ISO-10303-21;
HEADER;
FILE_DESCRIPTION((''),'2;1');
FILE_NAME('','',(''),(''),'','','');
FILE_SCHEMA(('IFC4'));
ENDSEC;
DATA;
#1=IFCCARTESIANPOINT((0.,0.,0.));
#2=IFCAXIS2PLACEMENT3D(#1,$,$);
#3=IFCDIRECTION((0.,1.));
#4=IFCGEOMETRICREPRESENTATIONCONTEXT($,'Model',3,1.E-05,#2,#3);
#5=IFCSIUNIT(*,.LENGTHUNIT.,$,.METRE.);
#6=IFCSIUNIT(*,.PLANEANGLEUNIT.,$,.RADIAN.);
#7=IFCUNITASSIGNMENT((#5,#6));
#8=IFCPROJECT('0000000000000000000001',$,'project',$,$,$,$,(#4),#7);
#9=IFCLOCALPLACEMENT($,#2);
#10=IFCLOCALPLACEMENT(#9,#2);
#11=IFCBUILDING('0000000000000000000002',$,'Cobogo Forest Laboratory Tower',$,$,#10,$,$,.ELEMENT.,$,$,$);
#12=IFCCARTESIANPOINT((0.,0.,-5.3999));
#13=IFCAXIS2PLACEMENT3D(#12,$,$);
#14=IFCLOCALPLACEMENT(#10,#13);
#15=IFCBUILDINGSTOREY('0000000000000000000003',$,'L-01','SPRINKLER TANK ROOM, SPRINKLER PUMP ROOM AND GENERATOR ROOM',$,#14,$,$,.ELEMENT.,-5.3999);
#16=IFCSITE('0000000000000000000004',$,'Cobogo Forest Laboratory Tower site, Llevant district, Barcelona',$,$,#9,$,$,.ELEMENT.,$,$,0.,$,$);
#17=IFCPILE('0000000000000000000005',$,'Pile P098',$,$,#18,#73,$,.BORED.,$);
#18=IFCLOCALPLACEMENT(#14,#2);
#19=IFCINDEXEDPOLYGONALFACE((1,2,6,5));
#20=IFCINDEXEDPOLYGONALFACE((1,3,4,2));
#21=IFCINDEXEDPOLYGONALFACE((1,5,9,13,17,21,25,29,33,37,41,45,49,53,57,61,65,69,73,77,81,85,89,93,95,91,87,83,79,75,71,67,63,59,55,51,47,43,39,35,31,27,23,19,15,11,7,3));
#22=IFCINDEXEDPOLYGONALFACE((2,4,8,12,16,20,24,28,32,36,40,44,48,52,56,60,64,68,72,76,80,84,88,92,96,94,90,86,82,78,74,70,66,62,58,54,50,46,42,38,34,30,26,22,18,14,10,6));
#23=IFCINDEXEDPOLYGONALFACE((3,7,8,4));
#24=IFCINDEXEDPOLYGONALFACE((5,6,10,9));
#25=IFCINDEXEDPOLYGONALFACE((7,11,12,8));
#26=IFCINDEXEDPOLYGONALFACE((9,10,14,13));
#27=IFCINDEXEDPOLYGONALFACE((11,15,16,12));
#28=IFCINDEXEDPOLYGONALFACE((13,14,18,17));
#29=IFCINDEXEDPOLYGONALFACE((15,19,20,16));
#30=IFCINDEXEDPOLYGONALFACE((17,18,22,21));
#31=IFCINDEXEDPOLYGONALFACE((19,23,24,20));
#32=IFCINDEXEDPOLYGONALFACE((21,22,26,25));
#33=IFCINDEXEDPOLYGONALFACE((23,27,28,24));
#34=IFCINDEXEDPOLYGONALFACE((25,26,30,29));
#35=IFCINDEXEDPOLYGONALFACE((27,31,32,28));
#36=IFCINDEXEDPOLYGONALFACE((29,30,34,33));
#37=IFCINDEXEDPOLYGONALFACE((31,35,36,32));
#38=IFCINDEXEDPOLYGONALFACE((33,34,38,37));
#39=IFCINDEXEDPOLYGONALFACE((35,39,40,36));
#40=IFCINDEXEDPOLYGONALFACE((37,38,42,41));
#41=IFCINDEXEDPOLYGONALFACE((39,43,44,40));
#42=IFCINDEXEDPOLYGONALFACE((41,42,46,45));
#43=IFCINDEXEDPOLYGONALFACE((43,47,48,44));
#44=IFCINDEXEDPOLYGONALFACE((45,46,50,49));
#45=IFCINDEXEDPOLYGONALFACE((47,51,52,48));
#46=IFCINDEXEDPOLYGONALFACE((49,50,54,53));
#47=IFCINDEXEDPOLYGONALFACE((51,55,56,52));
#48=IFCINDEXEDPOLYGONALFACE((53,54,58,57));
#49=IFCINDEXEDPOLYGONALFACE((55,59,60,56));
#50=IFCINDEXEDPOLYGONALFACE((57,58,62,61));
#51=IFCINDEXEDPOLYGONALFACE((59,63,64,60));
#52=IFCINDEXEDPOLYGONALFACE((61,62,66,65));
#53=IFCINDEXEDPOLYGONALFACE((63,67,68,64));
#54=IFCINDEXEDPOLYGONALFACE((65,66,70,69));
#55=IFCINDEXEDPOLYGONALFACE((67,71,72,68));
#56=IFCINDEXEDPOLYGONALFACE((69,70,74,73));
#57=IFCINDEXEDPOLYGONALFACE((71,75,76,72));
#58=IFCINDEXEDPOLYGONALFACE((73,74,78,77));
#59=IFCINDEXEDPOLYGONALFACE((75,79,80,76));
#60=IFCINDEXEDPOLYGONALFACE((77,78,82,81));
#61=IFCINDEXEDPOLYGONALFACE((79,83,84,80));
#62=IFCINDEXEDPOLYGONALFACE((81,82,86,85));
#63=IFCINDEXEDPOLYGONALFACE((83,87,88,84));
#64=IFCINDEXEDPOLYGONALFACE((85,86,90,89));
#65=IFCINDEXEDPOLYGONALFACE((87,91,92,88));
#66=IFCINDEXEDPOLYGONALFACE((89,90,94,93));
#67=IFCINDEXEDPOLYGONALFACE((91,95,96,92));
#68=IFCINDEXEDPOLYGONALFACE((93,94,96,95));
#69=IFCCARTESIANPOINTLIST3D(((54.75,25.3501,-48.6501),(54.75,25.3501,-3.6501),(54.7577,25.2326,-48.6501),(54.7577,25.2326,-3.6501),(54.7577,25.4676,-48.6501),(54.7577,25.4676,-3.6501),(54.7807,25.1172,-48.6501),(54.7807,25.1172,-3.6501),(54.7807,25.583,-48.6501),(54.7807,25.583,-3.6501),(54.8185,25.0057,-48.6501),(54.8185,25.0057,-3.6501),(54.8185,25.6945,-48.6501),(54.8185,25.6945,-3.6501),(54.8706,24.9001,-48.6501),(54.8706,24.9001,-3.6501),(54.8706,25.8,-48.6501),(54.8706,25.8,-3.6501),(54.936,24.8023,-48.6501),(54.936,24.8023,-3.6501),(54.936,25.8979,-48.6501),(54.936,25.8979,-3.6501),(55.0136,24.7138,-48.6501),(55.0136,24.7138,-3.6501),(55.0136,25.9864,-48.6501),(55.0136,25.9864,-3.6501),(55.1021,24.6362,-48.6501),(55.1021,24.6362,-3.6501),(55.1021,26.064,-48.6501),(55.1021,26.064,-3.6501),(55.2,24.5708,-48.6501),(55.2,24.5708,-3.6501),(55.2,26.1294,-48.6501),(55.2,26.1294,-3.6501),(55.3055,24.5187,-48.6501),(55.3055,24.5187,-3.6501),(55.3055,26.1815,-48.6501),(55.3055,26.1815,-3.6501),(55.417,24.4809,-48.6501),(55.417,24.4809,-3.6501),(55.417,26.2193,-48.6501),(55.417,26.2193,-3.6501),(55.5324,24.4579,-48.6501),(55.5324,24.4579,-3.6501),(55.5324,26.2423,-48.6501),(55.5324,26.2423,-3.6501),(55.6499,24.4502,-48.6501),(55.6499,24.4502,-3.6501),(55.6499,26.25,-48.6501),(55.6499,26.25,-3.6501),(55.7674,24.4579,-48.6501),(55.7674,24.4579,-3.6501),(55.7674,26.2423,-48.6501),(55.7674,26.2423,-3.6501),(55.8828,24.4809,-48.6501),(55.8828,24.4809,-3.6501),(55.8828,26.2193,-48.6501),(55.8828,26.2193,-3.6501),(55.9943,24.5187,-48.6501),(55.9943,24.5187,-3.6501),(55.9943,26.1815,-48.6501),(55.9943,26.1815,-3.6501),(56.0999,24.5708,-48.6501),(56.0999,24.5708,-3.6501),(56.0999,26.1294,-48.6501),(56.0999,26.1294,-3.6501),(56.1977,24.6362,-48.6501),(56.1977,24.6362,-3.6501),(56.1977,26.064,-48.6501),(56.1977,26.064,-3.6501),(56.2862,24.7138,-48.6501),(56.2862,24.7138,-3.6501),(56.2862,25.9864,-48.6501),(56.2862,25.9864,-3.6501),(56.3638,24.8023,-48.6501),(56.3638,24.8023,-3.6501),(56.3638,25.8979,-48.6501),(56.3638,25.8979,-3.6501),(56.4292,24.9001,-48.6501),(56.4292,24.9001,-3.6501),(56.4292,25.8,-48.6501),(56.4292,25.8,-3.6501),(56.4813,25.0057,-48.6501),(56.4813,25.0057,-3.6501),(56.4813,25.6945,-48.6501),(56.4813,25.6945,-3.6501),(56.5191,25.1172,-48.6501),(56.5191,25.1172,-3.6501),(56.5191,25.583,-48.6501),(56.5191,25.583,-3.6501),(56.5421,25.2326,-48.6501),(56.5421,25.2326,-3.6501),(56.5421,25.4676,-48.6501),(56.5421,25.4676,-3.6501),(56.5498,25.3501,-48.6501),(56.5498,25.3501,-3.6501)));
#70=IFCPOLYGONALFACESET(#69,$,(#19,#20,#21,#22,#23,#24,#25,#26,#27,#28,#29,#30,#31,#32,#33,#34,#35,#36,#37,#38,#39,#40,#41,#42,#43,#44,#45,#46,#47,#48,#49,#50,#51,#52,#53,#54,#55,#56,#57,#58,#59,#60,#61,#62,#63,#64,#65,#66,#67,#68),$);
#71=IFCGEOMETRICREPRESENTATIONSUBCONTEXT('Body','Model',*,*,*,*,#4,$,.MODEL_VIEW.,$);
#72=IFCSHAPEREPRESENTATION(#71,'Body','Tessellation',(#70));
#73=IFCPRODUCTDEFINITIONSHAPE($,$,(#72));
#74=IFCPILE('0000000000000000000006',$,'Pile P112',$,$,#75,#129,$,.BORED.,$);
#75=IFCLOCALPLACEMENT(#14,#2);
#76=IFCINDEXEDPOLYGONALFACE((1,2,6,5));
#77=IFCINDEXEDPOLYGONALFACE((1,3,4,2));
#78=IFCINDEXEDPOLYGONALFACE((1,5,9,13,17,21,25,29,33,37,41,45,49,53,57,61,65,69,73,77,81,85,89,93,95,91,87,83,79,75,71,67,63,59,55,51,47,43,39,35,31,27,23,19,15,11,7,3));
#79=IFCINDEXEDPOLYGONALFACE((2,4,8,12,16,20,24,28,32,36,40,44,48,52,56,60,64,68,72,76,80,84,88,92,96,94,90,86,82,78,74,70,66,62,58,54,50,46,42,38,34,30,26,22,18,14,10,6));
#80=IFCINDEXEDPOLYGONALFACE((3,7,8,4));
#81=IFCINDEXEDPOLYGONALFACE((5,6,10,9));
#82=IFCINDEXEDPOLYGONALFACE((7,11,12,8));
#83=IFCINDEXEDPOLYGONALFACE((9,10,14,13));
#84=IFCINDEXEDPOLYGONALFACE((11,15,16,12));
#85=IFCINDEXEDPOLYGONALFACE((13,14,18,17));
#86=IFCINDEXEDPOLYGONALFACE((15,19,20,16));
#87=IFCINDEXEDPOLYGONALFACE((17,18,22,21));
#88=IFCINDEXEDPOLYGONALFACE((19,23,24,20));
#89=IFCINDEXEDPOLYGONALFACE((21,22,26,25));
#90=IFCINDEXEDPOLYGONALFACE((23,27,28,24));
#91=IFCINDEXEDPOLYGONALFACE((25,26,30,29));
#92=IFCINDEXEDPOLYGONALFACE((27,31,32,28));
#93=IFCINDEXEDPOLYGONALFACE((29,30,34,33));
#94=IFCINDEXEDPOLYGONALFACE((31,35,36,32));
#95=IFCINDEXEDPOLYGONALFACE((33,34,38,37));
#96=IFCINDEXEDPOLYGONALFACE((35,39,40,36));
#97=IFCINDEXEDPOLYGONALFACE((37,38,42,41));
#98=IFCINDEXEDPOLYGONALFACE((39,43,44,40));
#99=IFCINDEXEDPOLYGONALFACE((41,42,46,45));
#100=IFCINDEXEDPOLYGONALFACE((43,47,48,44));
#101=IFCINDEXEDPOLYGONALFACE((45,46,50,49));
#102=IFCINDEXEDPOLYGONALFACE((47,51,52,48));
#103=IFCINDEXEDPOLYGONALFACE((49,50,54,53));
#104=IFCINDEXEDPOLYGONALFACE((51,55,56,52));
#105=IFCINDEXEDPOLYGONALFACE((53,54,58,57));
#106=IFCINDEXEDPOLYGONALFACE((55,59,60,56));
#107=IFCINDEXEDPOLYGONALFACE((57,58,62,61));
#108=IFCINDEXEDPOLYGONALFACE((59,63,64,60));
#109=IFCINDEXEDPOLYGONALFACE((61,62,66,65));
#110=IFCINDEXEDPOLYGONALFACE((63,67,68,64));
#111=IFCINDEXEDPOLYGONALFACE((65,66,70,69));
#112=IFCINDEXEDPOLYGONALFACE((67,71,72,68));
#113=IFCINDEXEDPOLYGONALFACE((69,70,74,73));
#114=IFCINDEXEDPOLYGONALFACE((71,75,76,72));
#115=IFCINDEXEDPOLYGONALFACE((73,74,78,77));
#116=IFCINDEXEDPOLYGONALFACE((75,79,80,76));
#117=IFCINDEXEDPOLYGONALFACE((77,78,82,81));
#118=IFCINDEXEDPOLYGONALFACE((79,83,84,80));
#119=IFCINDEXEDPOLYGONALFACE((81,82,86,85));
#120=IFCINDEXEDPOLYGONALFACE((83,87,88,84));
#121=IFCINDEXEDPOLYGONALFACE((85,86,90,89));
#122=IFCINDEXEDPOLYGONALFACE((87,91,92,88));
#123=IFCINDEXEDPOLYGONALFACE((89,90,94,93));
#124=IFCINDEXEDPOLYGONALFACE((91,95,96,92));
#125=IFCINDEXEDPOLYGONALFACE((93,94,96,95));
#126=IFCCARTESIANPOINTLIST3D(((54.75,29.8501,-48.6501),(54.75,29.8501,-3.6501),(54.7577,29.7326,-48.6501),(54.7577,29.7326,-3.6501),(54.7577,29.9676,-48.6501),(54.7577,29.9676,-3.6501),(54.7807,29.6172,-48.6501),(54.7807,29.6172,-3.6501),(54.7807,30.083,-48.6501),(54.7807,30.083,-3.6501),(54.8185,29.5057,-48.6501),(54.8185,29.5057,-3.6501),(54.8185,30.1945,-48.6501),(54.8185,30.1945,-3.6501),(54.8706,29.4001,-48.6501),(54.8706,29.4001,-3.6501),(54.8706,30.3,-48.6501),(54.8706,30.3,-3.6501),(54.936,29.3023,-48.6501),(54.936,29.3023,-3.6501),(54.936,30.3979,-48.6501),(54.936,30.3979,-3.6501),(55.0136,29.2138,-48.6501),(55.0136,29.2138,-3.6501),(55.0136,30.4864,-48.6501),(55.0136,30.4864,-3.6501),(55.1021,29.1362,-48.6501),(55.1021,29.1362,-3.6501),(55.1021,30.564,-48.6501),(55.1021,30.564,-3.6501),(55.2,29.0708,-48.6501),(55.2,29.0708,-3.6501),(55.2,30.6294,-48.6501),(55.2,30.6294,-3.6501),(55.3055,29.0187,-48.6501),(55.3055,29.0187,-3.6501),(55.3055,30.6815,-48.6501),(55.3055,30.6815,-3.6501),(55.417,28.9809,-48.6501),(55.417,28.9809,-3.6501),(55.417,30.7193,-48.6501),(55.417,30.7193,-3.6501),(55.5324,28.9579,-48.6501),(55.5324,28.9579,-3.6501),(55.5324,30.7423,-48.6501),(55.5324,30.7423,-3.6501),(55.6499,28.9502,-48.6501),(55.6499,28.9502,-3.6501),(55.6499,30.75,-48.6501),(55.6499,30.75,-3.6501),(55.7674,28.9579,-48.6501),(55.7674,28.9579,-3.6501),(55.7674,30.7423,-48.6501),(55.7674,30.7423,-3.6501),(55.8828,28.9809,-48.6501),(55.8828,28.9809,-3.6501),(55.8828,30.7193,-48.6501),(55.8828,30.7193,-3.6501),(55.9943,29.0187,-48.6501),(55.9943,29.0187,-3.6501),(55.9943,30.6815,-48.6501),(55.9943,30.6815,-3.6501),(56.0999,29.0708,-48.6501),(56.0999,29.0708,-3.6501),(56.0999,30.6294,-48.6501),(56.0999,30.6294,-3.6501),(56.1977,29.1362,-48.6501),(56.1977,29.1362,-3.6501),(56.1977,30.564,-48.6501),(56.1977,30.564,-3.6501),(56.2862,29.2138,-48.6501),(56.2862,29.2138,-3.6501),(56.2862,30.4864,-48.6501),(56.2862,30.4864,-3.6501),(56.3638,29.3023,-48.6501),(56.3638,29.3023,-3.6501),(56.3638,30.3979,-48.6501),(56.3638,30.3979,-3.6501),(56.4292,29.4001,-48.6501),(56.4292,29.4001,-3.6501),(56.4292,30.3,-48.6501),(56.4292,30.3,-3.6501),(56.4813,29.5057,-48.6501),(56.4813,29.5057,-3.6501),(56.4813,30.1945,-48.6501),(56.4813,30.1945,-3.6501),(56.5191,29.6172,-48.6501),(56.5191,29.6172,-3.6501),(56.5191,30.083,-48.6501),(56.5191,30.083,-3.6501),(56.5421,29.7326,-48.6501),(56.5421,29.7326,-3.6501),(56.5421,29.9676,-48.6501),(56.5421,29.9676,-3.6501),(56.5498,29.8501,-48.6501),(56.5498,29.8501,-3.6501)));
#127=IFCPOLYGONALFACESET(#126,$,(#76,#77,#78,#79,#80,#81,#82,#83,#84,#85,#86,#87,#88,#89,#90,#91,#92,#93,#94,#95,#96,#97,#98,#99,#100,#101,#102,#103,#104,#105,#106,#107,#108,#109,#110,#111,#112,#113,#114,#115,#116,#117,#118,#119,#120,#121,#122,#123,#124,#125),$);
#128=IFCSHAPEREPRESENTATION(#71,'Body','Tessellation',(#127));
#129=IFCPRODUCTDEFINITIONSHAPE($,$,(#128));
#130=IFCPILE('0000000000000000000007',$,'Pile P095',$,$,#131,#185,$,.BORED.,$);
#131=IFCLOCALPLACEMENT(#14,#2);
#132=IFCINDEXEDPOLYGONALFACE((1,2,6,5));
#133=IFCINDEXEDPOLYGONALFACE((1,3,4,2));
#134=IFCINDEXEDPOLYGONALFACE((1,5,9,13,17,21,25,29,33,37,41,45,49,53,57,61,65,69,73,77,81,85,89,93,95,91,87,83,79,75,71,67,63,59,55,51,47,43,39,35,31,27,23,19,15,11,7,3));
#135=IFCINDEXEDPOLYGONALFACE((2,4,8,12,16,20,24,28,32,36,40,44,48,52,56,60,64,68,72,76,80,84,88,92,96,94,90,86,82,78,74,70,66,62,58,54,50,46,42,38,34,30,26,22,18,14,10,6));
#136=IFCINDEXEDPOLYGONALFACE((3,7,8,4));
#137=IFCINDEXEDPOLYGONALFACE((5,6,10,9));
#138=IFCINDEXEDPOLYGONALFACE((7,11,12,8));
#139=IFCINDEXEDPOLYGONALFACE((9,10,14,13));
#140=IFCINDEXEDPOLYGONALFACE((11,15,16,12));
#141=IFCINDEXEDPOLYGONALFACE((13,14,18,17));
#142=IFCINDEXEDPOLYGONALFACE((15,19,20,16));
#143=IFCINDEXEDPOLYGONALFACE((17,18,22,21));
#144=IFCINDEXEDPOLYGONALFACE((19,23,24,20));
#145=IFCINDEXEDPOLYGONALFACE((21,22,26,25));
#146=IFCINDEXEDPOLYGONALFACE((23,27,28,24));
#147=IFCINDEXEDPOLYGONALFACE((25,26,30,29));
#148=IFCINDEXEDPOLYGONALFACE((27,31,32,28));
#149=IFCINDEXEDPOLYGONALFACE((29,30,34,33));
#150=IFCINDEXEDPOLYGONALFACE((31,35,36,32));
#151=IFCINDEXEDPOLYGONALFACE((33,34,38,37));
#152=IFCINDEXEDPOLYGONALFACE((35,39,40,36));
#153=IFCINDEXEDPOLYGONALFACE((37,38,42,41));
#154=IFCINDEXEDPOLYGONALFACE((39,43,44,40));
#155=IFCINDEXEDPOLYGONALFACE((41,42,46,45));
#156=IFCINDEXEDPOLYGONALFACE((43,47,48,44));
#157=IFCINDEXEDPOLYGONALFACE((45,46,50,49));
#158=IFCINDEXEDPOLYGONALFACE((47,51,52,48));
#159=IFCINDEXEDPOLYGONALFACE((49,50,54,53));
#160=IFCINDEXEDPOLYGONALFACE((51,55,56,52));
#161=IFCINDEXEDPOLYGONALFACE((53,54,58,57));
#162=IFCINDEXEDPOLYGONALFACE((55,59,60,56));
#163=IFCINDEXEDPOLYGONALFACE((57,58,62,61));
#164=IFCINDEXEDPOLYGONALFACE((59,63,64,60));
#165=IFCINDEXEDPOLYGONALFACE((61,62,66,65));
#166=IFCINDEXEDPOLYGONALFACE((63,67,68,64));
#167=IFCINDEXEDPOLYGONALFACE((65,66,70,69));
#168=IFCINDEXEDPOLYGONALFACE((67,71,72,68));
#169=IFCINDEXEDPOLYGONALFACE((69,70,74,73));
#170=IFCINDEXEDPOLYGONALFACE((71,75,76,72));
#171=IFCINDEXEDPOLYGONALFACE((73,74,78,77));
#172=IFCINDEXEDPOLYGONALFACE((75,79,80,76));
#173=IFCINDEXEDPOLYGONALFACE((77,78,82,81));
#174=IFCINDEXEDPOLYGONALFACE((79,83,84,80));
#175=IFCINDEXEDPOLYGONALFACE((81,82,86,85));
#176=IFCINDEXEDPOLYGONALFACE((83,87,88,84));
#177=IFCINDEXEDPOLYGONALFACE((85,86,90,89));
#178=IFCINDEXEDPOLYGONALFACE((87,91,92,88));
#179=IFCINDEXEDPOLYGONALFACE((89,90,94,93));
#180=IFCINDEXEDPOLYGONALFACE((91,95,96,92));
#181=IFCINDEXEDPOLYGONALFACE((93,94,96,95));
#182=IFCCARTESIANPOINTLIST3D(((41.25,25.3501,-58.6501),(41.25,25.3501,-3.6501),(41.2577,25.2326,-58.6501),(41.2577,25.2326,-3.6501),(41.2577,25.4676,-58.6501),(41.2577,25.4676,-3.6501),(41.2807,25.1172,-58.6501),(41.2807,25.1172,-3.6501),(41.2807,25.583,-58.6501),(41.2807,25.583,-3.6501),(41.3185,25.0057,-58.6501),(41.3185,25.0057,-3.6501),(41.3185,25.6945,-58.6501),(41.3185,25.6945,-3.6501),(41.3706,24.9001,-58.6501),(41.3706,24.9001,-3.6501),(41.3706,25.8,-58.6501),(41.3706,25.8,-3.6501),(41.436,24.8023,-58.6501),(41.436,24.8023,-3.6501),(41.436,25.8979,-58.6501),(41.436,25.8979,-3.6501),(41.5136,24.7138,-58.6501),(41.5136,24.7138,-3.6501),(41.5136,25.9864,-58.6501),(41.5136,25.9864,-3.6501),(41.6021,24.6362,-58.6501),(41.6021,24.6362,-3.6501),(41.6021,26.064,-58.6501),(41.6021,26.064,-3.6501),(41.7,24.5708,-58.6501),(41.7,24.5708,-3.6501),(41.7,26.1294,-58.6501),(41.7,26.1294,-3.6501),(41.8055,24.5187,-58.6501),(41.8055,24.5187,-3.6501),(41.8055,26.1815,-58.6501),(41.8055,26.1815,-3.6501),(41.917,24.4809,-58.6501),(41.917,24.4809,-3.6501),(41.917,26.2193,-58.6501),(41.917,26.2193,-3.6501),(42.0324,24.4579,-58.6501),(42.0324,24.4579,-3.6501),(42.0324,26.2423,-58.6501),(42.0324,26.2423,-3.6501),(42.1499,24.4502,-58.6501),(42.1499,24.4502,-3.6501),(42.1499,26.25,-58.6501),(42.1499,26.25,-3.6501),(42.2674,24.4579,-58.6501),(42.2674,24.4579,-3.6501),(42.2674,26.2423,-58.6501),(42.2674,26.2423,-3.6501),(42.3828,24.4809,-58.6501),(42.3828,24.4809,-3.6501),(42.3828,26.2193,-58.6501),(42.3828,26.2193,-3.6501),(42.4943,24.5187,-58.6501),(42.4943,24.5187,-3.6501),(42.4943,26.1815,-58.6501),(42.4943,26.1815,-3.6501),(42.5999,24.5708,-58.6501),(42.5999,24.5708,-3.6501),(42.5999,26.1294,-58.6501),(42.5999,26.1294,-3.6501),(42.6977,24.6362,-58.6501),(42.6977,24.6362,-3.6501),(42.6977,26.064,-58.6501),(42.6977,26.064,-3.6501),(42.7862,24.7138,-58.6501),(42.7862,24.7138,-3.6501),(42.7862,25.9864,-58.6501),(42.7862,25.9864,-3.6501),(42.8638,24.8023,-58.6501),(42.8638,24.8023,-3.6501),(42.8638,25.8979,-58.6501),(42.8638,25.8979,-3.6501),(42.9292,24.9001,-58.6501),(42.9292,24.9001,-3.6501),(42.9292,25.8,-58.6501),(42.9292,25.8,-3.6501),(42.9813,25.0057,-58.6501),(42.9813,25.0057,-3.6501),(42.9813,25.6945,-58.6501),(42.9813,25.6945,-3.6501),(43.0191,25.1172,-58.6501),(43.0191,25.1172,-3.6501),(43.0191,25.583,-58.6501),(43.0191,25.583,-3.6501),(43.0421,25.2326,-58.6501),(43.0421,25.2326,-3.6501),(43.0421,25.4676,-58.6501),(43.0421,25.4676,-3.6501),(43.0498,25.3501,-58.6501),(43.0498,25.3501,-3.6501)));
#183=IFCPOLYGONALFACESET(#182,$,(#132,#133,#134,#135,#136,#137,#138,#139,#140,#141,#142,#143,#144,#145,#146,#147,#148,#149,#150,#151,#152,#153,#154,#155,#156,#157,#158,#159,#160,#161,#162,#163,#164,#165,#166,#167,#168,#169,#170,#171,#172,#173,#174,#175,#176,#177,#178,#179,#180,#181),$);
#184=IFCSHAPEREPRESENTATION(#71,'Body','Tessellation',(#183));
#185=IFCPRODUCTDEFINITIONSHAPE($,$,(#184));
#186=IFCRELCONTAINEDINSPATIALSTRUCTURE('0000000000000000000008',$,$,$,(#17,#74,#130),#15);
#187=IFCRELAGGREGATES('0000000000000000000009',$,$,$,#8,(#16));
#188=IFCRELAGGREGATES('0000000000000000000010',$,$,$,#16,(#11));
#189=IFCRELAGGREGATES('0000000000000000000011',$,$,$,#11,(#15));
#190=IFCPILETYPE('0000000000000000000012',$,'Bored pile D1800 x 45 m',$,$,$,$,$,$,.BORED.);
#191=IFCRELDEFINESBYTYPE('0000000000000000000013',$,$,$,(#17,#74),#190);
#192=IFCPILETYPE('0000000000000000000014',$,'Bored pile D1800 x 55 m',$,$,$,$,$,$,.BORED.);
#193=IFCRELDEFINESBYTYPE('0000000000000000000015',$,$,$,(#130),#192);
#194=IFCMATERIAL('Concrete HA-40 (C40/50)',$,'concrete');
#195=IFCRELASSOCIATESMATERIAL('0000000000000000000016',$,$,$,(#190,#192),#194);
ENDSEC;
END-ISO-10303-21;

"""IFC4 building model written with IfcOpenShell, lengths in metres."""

from ifc_helpers import new_model, si_unit, direction, frame, origin, origin_2d, place, context, subcontext, project, spatial, circle, extrude, material, material_profile, profile_set, type_object, element, save


model = new_model("IFC4")

# Units and contexts
model_context = context("Model", 3, precision=1e-05, world=origin(), true_north=direction((0.0, 1.0)))
body_context = subcontext(model_context, "Body", "Model", "MODEL_VIEW")
ifc_project = project(units=[si_unit("LENGTHUNIT", "METRE"), si_unit("PLANEANGLEUNIT", "RADIAN")], contexts=[model_context])

# Site, building, storey
site_placement = place(None, origin())
site = spatial("IfcSite", under=ifc_project, at=site_placement, Name="Cobogo Forest Laboratory Tower site, Llevant district, Barcelona", CompositionType="ELEMENT", RefElevation=0.0)
building_placement = place(site_placement, origin())
building = spatial("IfcBuilding", under=site, at=building_placement, Name="Cobogo Forest Laboratory Tower", CompositionType="ELEMENT")
storey_placement = place(building_placement, frame((0.0, 0.0, -5.3999)))
storey = spatial("IfcBuildingStorey", under=building, at=storey_placement, Name="L-01", Description="SPRINKLER TANK ROOM, SPRINKLER PUMP ROOM AND GENERATOR ROOM", CompositionType="ELEMENT", Elevation=-5.3999)

# Piles
ifc_material_1 = material(Name="Concrete HA-40 (C40/50)", Category="concrete")
ifc_material_profile_1 = material_profile(ifc_material_1, circle(Radius=0.8999, at=origin_2d()), Name="PILE D1800")
ifc_profile_set_1 = profile_set([ifc_material_profile_1], Name="Concrete HA-40 (C40/50)")
pile_type_1 = type_object("IfcPileType", Name="Bored pile D1800 x 45 m", PredefinedType="BORED", material=ifc_profile_set_1)
for number, where, z_axis, x_axis, name in (
    (1, (55.6499, 25.3501, -3.6501), (0.0, 0.0, -1.0), (1.0, 0.0, 0.0), "Pile P098"),
    (2, (55.6499, 29.8501, -3.6501), (0.0, 0.0, -1.0), (1.0, 0.0, 0.0), "Pile P112"),
):
    element("IfcPile", number, at=place(storey_placement, frame(where, z_axis=z_axis, x_axis=x_axis)), inside=storey, type_object=pile_type_1, Name=name, PredefinedType="BORED", context=body_context, shape_type="SweptSolid", body=[
        extrude(circle(Radius=0.8999, at=origin_2d()), origin(), (0.0, 0.0, 1.0), 45.0),
    ])
ifc_material_profile_2 = material_profile(ifc_material_1, circle(Radius=0.8999, at=origin_2d()), Name="PILE D1800")
ifc_profile_set_2 = profile_set([ifc_material_profile_2], Name="Concrete HA-40 (C40/50)")
pile_type_2 = type_object("IfcPileType", Name="Bored pile D1800 x 55 m", PredefinedType="BORED", material=ifc_profile_set_2)
for number, where, z_axis, x_axis, name in (
    (3, (42.1499, 25.3501, -3.6501), (0.0, 0.0, -1.0), (1.0, 0.0, 0.0), "Pile P095"),
):
    element("IfcPile", number, at=place(storey_placement, frame(where, z_axis=z_axis, x_axis=x_axis)), inside=storey, type_object=pile_type_2, Name=name, PredefinedType="BORED", context=body_context, shape_type="SweptSolid", body=[
        extrude(circle(Radius=0.8999, at=origin_2d()), origin(), (0.0, 0.0, 1.0), 55.0),
    ])

save(model, "model.ifc")
